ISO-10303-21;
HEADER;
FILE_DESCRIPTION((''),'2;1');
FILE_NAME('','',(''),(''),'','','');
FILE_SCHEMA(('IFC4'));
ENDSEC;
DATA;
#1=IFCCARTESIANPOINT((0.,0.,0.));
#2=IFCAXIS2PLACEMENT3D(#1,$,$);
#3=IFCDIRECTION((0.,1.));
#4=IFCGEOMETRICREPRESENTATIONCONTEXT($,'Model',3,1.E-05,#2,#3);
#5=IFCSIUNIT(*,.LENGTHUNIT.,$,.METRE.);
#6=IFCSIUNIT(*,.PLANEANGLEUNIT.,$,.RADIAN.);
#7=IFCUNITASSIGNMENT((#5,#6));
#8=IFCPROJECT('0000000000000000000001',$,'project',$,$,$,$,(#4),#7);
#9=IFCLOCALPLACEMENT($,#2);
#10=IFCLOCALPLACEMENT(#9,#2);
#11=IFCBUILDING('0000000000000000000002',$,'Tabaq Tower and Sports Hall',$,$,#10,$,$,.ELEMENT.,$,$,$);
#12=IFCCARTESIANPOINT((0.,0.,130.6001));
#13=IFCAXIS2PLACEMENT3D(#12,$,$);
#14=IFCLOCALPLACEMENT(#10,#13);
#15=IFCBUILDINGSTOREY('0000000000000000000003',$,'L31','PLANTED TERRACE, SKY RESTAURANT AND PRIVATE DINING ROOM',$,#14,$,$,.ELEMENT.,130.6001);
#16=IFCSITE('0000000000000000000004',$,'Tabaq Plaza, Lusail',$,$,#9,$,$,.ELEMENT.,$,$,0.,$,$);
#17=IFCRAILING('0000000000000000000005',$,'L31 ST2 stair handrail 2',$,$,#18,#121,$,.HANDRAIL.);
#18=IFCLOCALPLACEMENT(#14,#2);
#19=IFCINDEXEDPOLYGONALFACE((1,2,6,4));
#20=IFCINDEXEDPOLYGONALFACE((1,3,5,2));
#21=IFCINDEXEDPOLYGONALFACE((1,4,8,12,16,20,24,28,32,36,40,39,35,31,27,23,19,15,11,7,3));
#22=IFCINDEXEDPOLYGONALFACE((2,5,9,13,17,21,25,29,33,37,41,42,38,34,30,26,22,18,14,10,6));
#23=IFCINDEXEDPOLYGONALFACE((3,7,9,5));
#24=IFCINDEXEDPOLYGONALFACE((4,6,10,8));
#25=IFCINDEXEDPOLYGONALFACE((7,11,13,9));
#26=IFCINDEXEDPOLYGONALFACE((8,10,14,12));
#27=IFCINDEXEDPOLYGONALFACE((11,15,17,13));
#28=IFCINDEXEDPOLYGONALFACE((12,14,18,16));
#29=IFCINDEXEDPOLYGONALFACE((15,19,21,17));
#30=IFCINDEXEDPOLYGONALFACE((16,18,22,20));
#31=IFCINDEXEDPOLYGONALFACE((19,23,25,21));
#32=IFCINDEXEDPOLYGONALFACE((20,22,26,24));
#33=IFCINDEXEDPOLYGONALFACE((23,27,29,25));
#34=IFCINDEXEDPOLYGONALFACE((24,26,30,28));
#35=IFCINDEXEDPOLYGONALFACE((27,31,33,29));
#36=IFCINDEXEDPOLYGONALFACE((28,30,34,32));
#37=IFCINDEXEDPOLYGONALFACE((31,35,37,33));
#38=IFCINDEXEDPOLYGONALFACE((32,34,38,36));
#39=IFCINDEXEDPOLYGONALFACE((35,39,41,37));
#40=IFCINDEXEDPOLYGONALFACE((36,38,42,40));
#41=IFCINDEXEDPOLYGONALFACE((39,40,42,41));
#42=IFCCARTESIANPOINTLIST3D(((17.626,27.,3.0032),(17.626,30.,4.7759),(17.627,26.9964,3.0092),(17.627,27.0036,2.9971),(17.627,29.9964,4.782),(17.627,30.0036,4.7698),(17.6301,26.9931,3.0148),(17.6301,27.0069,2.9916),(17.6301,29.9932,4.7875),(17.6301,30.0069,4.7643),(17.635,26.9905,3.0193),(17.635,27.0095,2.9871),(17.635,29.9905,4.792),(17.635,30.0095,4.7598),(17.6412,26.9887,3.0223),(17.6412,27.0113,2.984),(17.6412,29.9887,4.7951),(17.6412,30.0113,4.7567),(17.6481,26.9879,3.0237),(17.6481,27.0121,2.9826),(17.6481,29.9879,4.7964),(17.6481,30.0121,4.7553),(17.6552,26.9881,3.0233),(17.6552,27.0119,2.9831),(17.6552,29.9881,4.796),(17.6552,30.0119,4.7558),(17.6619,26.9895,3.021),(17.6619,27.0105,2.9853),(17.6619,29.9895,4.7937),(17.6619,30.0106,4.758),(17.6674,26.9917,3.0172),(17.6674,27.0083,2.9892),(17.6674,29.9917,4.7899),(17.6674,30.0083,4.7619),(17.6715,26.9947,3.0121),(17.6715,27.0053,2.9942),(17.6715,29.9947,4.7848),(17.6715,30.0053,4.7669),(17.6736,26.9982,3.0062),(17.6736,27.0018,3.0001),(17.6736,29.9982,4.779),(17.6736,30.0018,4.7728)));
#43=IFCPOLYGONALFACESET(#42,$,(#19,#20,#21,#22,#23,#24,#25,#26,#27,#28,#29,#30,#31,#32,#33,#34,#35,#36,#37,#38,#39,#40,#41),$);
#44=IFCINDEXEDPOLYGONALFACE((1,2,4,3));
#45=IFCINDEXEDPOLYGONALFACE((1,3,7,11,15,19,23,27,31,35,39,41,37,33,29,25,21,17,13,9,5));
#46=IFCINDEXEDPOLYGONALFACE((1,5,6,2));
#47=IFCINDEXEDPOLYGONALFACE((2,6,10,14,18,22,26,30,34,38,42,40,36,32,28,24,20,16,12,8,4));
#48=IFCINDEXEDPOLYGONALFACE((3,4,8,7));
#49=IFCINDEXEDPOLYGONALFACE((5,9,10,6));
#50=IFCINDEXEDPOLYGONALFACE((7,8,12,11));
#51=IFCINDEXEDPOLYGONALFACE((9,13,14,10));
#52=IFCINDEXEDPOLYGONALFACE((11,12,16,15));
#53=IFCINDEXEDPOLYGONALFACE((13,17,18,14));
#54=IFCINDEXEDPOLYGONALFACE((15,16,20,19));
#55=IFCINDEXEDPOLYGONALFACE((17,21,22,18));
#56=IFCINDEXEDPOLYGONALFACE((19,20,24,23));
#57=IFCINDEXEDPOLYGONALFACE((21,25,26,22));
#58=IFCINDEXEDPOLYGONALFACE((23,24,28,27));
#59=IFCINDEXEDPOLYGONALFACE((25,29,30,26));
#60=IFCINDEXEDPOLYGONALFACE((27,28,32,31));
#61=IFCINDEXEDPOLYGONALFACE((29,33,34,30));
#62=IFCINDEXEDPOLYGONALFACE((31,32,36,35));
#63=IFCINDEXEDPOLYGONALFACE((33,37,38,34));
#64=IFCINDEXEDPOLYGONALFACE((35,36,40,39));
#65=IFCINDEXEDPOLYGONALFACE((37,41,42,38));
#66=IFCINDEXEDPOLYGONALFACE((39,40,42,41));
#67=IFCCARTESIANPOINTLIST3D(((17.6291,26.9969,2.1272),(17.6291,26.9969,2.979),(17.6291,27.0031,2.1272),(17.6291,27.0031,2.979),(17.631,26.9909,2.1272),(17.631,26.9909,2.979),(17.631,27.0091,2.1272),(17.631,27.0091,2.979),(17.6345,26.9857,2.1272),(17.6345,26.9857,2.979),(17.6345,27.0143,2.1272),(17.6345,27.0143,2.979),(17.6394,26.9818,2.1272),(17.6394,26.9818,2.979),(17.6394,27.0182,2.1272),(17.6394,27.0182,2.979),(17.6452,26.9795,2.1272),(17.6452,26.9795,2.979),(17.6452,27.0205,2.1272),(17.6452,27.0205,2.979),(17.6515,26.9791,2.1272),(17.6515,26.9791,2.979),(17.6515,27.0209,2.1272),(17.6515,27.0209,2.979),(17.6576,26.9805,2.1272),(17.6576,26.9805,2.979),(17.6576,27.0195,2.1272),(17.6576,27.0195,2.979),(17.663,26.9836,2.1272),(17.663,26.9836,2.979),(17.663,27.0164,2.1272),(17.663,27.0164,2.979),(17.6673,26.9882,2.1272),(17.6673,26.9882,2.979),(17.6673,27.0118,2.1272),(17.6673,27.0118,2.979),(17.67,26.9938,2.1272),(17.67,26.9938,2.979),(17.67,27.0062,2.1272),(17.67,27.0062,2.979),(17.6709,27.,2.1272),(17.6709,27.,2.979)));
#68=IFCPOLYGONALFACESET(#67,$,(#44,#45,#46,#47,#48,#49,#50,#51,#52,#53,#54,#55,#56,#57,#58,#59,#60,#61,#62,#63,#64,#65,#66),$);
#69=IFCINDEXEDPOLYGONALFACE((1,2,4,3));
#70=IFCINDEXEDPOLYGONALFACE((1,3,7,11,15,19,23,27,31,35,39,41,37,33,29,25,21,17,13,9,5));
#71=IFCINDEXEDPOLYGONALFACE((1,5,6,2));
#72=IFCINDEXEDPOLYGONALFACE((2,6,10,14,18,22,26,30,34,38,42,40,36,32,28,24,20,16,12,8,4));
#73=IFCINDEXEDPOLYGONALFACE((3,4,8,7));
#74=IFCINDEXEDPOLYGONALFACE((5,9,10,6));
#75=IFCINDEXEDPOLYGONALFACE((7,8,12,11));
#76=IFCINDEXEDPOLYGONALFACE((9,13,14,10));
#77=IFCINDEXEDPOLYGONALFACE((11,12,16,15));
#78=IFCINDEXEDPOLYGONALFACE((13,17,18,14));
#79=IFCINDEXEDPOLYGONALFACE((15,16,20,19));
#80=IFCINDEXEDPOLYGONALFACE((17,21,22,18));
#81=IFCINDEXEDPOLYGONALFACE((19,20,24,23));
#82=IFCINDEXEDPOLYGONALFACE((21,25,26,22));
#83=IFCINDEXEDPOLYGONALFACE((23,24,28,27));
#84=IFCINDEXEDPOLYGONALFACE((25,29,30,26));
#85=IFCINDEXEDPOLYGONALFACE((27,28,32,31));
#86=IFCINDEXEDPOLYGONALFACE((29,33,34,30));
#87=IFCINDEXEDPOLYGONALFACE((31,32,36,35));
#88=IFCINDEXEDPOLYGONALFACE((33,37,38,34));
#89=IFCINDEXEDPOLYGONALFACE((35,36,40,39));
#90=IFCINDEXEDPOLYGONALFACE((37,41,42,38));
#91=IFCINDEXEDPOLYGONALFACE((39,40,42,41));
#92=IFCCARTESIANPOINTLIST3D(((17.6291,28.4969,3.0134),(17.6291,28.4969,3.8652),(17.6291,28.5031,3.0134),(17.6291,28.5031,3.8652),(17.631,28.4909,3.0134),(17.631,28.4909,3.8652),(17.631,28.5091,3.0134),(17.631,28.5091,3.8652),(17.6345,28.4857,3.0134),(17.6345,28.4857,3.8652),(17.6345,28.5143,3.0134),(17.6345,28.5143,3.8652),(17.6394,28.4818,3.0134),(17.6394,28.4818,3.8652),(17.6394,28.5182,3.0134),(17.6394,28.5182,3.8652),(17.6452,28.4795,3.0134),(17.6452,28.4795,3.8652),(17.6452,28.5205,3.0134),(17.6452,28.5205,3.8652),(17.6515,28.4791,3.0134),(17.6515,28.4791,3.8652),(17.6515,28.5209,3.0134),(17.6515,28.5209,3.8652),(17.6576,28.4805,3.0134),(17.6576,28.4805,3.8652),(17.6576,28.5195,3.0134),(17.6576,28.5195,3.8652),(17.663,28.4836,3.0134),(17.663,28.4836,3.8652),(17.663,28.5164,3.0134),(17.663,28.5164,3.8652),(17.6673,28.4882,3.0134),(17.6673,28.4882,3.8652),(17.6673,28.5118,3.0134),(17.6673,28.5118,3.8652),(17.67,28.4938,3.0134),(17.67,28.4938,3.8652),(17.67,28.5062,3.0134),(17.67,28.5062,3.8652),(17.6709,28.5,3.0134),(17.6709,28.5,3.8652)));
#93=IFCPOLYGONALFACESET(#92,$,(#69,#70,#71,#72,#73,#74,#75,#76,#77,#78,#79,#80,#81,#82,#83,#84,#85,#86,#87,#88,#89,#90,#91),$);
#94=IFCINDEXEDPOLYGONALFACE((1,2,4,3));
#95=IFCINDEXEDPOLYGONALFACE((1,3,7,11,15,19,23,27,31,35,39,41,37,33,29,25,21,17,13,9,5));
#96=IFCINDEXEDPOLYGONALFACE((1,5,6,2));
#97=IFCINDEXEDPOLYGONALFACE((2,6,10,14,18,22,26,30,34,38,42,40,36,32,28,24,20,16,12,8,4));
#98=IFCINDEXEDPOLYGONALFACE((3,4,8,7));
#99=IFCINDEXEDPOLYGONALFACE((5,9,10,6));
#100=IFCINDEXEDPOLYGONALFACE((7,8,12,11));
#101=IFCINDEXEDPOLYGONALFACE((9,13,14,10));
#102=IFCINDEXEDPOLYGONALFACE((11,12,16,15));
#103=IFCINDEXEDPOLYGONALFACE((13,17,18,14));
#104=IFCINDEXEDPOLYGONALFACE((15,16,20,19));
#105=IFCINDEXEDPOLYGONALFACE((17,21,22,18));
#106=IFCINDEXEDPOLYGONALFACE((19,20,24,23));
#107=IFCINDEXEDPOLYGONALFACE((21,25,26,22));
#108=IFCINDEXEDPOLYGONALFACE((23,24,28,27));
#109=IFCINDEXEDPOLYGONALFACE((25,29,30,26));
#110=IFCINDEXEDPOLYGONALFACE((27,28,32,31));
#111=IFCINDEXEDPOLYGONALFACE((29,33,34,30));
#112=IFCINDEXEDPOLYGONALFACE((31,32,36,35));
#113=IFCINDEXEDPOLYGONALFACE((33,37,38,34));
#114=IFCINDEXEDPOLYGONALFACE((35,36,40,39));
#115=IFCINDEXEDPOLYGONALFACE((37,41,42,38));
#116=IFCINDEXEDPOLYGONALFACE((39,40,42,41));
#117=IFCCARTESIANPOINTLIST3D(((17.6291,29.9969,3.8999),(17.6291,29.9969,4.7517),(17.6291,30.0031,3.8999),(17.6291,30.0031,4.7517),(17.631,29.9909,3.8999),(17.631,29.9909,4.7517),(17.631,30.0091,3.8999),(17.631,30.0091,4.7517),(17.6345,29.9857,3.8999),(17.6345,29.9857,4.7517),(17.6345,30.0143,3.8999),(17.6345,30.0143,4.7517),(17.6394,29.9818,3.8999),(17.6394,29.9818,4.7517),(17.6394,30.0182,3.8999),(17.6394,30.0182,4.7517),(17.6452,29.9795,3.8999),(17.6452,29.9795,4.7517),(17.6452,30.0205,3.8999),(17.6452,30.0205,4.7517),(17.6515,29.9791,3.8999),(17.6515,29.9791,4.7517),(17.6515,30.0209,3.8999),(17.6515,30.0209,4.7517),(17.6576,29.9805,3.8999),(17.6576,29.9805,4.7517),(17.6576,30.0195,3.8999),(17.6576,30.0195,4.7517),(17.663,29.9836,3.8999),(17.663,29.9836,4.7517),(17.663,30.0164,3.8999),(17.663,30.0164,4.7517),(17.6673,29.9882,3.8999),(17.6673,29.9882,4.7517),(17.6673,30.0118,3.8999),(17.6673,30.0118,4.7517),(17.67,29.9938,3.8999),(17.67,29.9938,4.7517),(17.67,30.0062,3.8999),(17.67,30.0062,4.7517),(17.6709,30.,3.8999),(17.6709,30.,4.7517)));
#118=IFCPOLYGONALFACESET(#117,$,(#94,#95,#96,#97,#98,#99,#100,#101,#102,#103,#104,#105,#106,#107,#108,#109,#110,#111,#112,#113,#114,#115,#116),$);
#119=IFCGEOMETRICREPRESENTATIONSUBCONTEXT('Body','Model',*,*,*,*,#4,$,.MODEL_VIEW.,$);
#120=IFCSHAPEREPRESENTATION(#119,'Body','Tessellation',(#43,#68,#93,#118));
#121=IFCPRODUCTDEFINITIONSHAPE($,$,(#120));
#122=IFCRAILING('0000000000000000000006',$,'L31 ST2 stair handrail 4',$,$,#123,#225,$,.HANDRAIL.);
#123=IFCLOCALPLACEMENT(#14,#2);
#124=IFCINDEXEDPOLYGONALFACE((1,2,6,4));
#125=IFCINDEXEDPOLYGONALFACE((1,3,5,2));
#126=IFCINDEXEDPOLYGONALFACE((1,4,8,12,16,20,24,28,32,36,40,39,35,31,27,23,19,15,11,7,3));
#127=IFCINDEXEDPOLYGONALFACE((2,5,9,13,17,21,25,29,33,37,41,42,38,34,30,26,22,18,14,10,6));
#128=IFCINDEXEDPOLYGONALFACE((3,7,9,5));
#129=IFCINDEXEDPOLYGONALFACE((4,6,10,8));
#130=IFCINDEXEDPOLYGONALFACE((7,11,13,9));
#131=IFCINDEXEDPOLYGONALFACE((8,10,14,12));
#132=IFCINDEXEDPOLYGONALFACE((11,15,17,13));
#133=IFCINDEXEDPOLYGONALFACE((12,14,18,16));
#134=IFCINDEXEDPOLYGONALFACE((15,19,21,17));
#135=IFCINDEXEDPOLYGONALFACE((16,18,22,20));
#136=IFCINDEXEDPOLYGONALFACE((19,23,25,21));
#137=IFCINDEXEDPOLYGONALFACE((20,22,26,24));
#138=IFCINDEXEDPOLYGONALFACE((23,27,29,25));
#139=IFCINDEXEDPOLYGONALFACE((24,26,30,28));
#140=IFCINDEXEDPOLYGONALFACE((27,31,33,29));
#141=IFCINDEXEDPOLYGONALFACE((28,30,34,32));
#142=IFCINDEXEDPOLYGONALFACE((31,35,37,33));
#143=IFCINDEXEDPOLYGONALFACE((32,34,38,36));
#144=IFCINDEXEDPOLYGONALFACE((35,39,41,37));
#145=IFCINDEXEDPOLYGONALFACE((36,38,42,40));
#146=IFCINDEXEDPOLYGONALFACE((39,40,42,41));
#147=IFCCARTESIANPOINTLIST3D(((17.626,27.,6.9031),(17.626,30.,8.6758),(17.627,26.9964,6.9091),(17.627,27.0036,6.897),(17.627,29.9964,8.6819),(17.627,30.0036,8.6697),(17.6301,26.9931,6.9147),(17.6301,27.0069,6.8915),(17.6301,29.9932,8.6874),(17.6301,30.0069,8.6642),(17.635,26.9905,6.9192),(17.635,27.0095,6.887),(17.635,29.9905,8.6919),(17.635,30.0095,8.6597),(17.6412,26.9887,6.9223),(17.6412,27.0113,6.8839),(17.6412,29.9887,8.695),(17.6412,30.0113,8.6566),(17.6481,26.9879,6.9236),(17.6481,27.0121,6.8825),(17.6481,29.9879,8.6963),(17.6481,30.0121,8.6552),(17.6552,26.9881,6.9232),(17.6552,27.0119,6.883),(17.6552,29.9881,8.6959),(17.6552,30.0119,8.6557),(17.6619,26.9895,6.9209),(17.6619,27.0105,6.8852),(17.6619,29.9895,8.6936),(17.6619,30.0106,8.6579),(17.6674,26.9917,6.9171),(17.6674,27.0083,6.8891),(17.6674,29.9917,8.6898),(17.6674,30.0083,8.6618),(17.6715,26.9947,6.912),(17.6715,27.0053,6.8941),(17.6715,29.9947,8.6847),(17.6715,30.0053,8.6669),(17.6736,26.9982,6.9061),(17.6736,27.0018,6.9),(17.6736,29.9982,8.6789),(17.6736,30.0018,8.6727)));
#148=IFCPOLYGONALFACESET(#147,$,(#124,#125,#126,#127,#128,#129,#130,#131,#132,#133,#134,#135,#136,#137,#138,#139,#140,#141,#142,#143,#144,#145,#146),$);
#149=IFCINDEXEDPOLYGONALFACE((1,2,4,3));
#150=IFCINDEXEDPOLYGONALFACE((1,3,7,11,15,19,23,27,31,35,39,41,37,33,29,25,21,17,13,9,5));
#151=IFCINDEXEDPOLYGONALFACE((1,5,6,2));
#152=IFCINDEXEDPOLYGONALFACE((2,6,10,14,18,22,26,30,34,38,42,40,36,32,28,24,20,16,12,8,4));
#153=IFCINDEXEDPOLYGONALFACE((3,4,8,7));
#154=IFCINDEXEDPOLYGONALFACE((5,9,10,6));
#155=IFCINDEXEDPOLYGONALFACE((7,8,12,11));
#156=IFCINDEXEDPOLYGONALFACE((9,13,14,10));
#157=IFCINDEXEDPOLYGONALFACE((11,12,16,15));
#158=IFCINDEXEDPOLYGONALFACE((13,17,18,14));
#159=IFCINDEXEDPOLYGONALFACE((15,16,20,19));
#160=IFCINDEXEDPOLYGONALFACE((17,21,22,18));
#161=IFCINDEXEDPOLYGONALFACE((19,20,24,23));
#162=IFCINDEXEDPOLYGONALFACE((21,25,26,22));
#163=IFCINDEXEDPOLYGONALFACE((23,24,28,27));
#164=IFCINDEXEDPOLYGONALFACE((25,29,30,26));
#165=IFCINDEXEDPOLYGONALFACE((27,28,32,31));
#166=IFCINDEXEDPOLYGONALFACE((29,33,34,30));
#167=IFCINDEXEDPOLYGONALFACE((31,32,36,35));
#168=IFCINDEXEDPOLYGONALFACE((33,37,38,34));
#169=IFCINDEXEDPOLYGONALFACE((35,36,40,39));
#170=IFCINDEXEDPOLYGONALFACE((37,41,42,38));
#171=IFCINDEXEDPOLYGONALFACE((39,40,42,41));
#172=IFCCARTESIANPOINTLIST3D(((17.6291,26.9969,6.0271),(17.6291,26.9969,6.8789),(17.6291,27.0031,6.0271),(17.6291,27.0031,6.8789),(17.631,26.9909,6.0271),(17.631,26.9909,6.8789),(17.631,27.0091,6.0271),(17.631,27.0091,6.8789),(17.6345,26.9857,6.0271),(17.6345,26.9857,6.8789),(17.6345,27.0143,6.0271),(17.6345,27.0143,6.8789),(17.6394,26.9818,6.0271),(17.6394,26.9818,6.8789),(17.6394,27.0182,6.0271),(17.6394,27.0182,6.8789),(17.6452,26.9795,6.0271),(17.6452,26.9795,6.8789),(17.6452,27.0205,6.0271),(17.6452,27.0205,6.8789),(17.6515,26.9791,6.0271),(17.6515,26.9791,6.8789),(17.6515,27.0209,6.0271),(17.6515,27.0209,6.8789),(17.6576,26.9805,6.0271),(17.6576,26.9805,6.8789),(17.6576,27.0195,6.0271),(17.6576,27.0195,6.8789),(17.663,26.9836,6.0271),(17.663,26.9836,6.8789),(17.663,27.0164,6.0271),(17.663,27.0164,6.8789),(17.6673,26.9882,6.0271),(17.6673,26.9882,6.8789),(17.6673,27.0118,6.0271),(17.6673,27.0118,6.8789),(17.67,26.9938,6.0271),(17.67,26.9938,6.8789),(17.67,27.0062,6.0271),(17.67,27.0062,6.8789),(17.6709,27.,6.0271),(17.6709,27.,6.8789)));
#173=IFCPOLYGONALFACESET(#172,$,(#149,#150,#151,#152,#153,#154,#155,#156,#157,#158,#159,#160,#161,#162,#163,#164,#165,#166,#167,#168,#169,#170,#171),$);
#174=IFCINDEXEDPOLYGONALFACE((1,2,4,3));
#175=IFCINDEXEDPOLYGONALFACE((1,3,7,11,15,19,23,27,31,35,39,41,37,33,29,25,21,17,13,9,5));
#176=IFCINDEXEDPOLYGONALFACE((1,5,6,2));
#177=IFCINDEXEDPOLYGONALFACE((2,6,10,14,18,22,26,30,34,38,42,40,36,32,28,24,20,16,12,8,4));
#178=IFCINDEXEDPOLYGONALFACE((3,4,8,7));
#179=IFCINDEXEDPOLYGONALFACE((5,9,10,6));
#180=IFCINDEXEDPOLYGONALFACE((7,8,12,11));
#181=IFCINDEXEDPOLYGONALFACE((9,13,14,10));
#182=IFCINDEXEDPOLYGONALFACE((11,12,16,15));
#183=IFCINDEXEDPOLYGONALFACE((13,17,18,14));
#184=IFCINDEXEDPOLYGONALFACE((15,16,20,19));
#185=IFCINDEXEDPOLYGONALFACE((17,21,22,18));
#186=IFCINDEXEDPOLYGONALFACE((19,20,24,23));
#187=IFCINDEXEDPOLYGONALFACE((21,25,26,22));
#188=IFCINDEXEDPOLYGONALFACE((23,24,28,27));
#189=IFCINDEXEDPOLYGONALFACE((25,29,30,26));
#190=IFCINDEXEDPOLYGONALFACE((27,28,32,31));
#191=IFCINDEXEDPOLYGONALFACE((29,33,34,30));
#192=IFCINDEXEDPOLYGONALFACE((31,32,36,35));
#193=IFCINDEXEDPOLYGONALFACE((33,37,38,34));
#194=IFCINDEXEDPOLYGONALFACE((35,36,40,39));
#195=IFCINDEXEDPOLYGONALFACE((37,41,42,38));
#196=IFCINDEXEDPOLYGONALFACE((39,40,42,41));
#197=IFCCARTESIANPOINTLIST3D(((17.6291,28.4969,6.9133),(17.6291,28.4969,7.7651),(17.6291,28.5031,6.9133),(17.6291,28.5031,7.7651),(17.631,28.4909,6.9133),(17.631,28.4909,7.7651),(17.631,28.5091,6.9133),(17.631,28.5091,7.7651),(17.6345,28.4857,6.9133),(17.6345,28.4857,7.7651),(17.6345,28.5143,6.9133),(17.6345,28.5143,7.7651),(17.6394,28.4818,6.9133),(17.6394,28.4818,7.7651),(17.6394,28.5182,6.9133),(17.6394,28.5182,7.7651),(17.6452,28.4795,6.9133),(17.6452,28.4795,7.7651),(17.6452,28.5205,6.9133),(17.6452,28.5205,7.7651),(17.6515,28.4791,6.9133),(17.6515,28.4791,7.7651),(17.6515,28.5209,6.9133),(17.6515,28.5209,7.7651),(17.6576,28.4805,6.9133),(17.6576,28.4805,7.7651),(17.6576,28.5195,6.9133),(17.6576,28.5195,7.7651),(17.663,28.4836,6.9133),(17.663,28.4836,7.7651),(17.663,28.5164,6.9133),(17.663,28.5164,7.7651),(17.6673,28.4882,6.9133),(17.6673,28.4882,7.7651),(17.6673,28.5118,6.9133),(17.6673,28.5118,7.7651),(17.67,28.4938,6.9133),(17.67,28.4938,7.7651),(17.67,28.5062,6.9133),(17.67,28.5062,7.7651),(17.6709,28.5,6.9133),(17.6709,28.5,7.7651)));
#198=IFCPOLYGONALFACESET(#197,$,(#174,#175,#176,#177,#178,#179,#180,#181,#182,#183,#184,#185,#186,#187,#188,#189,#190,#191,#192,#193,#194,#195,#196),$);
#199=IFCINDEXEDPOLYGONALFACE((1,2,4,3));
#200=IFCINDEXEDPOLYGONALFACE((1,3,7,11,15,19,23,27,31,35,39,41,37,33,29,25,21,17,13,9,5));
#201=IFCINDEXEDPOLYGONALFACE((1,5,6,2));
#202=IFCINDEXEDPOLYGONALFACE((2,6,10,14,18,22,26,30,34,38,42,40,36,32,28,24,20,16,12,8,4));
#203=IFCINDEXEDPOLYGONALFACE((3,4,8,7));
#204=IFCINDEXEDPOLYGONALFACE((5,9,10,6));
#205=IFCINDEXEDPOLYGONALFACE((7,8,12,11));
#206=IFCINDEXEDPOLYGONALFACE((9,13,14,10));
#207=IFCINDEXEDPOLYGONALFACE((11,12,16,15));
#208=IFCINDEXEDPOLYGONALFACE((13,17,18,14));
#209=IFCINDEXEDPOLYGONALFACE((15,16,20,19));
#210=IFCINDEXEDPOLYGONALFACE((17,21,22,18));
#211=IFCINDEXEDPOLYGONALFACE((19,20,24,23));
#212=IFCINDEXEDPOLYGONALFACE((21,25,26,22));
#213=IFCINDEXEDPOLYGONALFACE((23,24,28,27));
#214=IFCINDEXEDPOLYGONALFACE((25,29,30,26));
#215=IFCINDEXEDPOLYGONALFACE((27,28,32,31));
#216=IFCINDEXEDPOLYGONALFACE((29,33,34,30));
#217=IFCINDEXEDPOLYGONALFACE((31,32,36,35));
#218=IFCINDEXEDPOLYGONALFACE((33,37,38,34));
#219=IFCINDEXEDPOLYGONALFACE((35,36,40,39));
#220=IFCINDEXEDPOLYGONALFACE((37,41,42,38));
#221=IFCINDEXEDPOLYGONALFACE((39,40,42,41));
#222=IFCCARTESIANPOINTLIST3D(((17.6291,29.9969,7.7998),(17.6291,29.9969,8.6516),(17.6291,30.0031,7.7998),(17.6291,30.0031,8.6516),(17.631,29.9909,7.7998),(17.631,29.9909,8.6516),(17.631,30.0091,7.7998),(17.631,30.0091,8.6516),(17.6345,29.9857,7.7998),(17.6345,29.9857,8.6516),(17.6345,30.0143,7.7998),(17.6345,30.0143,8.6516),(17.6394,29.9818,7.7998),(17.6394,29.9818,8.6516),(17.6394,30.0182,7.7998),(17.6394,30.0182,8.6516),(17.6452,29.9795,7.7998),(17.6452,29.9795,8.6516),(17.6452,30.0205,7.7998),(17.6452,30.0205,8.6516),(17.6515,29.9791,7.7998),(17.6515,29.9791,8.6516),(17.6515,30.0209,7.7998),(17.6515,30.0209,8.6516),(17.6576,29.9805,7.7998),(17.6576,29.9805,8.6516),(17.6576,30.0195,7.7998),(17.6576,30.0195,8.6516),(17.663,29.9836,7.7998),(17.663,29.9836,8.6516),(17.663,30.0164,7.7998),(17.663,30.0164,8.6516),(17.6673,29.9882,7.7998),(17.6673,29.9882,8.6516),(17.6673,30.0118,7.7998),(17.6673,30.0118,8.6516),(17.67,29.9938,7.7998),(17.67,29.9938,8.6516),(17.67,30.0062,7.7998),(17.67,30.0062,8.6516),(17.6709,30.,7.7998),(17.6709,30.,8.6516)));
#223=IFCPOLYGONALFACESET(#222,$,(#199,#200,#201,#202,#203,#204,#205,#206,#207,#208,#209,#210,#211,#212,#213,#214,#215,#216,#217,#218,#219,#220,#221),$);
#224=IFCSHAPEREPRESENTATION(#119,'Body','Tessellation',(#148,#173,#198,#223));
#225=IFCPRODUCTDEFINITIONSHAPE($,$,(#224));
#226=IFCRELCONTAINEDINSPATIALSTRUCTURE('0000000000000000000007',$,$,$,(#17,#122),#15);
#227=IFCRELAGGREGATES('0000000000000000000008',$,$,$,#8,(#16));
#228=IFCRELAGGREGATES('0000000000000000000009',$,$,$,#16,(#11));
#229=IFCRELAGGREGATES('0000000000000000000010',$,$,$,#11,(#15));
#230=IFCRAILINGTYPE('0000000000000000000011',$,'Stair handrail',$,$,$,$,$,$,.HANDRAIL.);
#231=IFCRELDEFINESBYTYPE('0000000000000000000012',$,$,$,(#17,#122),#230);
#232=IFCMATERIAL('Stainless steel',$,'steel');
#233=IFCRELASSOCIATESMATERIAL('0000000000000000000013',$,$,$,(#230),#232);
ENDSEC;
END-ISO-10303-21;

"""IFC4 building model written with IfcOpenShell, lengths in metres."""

from ifc_helpers import new_model, si_unit, direction, frame, origin, origin_2d, place, context, subcontext, project, spatial, circle, extrude, material, type_object, element, save


model = new_model("IFC4")

# Units and contexts
model_context = context("Model", 3, precision=1e-05, world=origin(), true_north=direction((0.0, 1.0)))
body_context = subcontext(model_context, "Body", "Model", "MODEL_VIEW")
ifc_project = project(units=[si_unit("LENGTHUNIT", "METRE"), si_unit("PLANEANGLEUNIT", "RADIAN")], contexts=[model_context])

# Site, building, storey
site_placement = place(None, origin())
site = spatial("IfcSite", under=ifc_project, at=site_placement, Name="Tabaq Plaza, Lusail", CompositionType="ELEMENT", RefElevation=0.0)
building_placement = place(site_placement, origin())
building = spatial("IfcBuilding", under=site, at=building_placement, Name="Tabaq Tower and Sports Hall", CompositionType="ELEMENT")
storey_placement = place(building_placement, frame((0.0, 0.0, 130.6001)))
storey = spatial("IfcBuildingStorey", under=building, at=storey_placement, Name="L31", Description="PLANTED TERRACE, SKY RESTAURANT AND PRIVATE DINING ROOM", CompositionType="ELEMENT", Elevation=130.6001)

# Railings
ifc_material_1 = material(Name="Stainless steel", Category="steel")
railing_type_1 = type_object("IfcRailingType", Name="Stair handrail", PredefinedType="HANDRAIL", material=ifc_material_1)
for number, where, name in (
    (1, (17.6499, 27.0, 2.1272), "L31 ST2 stair handrail 2"),
    (2, (17.6499, 27.0, 6.0271), "L31 ST2 stair handrail 4"),
):
    element("IfcRailing", number, at=place(storey_placement, frame(where)), inside=storey, type_object=railing_type_1, Name=name, PredefinedType="HANDRAIL", context=body_context, shape_type="SweptSolid", body=[
        extrude(circle(Radius=0.0239, at=origin_2d()), frame((0.0, 0.0, 0.876), z_axis=(0.0, 0.860929, 0.508725), x_axis=(-1.0, 0.0, 0.0)), (0.0, 0.0, 1.0), 3.4846),
        extrude(circle(Radius=0.021, at=origin_2d()), origin(), (0.0, 0.0, 1.0), 0.8518),
        extrude(circle(Radius=0.021, at=origin_2d()), frame((0.0, 1.5, 0.8862)), (0.0, 0.0, 1.0), 0.8518),
        extrude(circle(Radius=0.021, at=origin_2d()), frame((0.0, 3.0, 1.7727)), (0.0, 0.0, 1.0), 0.8518),
    ])

save(model, "model.ifc")
